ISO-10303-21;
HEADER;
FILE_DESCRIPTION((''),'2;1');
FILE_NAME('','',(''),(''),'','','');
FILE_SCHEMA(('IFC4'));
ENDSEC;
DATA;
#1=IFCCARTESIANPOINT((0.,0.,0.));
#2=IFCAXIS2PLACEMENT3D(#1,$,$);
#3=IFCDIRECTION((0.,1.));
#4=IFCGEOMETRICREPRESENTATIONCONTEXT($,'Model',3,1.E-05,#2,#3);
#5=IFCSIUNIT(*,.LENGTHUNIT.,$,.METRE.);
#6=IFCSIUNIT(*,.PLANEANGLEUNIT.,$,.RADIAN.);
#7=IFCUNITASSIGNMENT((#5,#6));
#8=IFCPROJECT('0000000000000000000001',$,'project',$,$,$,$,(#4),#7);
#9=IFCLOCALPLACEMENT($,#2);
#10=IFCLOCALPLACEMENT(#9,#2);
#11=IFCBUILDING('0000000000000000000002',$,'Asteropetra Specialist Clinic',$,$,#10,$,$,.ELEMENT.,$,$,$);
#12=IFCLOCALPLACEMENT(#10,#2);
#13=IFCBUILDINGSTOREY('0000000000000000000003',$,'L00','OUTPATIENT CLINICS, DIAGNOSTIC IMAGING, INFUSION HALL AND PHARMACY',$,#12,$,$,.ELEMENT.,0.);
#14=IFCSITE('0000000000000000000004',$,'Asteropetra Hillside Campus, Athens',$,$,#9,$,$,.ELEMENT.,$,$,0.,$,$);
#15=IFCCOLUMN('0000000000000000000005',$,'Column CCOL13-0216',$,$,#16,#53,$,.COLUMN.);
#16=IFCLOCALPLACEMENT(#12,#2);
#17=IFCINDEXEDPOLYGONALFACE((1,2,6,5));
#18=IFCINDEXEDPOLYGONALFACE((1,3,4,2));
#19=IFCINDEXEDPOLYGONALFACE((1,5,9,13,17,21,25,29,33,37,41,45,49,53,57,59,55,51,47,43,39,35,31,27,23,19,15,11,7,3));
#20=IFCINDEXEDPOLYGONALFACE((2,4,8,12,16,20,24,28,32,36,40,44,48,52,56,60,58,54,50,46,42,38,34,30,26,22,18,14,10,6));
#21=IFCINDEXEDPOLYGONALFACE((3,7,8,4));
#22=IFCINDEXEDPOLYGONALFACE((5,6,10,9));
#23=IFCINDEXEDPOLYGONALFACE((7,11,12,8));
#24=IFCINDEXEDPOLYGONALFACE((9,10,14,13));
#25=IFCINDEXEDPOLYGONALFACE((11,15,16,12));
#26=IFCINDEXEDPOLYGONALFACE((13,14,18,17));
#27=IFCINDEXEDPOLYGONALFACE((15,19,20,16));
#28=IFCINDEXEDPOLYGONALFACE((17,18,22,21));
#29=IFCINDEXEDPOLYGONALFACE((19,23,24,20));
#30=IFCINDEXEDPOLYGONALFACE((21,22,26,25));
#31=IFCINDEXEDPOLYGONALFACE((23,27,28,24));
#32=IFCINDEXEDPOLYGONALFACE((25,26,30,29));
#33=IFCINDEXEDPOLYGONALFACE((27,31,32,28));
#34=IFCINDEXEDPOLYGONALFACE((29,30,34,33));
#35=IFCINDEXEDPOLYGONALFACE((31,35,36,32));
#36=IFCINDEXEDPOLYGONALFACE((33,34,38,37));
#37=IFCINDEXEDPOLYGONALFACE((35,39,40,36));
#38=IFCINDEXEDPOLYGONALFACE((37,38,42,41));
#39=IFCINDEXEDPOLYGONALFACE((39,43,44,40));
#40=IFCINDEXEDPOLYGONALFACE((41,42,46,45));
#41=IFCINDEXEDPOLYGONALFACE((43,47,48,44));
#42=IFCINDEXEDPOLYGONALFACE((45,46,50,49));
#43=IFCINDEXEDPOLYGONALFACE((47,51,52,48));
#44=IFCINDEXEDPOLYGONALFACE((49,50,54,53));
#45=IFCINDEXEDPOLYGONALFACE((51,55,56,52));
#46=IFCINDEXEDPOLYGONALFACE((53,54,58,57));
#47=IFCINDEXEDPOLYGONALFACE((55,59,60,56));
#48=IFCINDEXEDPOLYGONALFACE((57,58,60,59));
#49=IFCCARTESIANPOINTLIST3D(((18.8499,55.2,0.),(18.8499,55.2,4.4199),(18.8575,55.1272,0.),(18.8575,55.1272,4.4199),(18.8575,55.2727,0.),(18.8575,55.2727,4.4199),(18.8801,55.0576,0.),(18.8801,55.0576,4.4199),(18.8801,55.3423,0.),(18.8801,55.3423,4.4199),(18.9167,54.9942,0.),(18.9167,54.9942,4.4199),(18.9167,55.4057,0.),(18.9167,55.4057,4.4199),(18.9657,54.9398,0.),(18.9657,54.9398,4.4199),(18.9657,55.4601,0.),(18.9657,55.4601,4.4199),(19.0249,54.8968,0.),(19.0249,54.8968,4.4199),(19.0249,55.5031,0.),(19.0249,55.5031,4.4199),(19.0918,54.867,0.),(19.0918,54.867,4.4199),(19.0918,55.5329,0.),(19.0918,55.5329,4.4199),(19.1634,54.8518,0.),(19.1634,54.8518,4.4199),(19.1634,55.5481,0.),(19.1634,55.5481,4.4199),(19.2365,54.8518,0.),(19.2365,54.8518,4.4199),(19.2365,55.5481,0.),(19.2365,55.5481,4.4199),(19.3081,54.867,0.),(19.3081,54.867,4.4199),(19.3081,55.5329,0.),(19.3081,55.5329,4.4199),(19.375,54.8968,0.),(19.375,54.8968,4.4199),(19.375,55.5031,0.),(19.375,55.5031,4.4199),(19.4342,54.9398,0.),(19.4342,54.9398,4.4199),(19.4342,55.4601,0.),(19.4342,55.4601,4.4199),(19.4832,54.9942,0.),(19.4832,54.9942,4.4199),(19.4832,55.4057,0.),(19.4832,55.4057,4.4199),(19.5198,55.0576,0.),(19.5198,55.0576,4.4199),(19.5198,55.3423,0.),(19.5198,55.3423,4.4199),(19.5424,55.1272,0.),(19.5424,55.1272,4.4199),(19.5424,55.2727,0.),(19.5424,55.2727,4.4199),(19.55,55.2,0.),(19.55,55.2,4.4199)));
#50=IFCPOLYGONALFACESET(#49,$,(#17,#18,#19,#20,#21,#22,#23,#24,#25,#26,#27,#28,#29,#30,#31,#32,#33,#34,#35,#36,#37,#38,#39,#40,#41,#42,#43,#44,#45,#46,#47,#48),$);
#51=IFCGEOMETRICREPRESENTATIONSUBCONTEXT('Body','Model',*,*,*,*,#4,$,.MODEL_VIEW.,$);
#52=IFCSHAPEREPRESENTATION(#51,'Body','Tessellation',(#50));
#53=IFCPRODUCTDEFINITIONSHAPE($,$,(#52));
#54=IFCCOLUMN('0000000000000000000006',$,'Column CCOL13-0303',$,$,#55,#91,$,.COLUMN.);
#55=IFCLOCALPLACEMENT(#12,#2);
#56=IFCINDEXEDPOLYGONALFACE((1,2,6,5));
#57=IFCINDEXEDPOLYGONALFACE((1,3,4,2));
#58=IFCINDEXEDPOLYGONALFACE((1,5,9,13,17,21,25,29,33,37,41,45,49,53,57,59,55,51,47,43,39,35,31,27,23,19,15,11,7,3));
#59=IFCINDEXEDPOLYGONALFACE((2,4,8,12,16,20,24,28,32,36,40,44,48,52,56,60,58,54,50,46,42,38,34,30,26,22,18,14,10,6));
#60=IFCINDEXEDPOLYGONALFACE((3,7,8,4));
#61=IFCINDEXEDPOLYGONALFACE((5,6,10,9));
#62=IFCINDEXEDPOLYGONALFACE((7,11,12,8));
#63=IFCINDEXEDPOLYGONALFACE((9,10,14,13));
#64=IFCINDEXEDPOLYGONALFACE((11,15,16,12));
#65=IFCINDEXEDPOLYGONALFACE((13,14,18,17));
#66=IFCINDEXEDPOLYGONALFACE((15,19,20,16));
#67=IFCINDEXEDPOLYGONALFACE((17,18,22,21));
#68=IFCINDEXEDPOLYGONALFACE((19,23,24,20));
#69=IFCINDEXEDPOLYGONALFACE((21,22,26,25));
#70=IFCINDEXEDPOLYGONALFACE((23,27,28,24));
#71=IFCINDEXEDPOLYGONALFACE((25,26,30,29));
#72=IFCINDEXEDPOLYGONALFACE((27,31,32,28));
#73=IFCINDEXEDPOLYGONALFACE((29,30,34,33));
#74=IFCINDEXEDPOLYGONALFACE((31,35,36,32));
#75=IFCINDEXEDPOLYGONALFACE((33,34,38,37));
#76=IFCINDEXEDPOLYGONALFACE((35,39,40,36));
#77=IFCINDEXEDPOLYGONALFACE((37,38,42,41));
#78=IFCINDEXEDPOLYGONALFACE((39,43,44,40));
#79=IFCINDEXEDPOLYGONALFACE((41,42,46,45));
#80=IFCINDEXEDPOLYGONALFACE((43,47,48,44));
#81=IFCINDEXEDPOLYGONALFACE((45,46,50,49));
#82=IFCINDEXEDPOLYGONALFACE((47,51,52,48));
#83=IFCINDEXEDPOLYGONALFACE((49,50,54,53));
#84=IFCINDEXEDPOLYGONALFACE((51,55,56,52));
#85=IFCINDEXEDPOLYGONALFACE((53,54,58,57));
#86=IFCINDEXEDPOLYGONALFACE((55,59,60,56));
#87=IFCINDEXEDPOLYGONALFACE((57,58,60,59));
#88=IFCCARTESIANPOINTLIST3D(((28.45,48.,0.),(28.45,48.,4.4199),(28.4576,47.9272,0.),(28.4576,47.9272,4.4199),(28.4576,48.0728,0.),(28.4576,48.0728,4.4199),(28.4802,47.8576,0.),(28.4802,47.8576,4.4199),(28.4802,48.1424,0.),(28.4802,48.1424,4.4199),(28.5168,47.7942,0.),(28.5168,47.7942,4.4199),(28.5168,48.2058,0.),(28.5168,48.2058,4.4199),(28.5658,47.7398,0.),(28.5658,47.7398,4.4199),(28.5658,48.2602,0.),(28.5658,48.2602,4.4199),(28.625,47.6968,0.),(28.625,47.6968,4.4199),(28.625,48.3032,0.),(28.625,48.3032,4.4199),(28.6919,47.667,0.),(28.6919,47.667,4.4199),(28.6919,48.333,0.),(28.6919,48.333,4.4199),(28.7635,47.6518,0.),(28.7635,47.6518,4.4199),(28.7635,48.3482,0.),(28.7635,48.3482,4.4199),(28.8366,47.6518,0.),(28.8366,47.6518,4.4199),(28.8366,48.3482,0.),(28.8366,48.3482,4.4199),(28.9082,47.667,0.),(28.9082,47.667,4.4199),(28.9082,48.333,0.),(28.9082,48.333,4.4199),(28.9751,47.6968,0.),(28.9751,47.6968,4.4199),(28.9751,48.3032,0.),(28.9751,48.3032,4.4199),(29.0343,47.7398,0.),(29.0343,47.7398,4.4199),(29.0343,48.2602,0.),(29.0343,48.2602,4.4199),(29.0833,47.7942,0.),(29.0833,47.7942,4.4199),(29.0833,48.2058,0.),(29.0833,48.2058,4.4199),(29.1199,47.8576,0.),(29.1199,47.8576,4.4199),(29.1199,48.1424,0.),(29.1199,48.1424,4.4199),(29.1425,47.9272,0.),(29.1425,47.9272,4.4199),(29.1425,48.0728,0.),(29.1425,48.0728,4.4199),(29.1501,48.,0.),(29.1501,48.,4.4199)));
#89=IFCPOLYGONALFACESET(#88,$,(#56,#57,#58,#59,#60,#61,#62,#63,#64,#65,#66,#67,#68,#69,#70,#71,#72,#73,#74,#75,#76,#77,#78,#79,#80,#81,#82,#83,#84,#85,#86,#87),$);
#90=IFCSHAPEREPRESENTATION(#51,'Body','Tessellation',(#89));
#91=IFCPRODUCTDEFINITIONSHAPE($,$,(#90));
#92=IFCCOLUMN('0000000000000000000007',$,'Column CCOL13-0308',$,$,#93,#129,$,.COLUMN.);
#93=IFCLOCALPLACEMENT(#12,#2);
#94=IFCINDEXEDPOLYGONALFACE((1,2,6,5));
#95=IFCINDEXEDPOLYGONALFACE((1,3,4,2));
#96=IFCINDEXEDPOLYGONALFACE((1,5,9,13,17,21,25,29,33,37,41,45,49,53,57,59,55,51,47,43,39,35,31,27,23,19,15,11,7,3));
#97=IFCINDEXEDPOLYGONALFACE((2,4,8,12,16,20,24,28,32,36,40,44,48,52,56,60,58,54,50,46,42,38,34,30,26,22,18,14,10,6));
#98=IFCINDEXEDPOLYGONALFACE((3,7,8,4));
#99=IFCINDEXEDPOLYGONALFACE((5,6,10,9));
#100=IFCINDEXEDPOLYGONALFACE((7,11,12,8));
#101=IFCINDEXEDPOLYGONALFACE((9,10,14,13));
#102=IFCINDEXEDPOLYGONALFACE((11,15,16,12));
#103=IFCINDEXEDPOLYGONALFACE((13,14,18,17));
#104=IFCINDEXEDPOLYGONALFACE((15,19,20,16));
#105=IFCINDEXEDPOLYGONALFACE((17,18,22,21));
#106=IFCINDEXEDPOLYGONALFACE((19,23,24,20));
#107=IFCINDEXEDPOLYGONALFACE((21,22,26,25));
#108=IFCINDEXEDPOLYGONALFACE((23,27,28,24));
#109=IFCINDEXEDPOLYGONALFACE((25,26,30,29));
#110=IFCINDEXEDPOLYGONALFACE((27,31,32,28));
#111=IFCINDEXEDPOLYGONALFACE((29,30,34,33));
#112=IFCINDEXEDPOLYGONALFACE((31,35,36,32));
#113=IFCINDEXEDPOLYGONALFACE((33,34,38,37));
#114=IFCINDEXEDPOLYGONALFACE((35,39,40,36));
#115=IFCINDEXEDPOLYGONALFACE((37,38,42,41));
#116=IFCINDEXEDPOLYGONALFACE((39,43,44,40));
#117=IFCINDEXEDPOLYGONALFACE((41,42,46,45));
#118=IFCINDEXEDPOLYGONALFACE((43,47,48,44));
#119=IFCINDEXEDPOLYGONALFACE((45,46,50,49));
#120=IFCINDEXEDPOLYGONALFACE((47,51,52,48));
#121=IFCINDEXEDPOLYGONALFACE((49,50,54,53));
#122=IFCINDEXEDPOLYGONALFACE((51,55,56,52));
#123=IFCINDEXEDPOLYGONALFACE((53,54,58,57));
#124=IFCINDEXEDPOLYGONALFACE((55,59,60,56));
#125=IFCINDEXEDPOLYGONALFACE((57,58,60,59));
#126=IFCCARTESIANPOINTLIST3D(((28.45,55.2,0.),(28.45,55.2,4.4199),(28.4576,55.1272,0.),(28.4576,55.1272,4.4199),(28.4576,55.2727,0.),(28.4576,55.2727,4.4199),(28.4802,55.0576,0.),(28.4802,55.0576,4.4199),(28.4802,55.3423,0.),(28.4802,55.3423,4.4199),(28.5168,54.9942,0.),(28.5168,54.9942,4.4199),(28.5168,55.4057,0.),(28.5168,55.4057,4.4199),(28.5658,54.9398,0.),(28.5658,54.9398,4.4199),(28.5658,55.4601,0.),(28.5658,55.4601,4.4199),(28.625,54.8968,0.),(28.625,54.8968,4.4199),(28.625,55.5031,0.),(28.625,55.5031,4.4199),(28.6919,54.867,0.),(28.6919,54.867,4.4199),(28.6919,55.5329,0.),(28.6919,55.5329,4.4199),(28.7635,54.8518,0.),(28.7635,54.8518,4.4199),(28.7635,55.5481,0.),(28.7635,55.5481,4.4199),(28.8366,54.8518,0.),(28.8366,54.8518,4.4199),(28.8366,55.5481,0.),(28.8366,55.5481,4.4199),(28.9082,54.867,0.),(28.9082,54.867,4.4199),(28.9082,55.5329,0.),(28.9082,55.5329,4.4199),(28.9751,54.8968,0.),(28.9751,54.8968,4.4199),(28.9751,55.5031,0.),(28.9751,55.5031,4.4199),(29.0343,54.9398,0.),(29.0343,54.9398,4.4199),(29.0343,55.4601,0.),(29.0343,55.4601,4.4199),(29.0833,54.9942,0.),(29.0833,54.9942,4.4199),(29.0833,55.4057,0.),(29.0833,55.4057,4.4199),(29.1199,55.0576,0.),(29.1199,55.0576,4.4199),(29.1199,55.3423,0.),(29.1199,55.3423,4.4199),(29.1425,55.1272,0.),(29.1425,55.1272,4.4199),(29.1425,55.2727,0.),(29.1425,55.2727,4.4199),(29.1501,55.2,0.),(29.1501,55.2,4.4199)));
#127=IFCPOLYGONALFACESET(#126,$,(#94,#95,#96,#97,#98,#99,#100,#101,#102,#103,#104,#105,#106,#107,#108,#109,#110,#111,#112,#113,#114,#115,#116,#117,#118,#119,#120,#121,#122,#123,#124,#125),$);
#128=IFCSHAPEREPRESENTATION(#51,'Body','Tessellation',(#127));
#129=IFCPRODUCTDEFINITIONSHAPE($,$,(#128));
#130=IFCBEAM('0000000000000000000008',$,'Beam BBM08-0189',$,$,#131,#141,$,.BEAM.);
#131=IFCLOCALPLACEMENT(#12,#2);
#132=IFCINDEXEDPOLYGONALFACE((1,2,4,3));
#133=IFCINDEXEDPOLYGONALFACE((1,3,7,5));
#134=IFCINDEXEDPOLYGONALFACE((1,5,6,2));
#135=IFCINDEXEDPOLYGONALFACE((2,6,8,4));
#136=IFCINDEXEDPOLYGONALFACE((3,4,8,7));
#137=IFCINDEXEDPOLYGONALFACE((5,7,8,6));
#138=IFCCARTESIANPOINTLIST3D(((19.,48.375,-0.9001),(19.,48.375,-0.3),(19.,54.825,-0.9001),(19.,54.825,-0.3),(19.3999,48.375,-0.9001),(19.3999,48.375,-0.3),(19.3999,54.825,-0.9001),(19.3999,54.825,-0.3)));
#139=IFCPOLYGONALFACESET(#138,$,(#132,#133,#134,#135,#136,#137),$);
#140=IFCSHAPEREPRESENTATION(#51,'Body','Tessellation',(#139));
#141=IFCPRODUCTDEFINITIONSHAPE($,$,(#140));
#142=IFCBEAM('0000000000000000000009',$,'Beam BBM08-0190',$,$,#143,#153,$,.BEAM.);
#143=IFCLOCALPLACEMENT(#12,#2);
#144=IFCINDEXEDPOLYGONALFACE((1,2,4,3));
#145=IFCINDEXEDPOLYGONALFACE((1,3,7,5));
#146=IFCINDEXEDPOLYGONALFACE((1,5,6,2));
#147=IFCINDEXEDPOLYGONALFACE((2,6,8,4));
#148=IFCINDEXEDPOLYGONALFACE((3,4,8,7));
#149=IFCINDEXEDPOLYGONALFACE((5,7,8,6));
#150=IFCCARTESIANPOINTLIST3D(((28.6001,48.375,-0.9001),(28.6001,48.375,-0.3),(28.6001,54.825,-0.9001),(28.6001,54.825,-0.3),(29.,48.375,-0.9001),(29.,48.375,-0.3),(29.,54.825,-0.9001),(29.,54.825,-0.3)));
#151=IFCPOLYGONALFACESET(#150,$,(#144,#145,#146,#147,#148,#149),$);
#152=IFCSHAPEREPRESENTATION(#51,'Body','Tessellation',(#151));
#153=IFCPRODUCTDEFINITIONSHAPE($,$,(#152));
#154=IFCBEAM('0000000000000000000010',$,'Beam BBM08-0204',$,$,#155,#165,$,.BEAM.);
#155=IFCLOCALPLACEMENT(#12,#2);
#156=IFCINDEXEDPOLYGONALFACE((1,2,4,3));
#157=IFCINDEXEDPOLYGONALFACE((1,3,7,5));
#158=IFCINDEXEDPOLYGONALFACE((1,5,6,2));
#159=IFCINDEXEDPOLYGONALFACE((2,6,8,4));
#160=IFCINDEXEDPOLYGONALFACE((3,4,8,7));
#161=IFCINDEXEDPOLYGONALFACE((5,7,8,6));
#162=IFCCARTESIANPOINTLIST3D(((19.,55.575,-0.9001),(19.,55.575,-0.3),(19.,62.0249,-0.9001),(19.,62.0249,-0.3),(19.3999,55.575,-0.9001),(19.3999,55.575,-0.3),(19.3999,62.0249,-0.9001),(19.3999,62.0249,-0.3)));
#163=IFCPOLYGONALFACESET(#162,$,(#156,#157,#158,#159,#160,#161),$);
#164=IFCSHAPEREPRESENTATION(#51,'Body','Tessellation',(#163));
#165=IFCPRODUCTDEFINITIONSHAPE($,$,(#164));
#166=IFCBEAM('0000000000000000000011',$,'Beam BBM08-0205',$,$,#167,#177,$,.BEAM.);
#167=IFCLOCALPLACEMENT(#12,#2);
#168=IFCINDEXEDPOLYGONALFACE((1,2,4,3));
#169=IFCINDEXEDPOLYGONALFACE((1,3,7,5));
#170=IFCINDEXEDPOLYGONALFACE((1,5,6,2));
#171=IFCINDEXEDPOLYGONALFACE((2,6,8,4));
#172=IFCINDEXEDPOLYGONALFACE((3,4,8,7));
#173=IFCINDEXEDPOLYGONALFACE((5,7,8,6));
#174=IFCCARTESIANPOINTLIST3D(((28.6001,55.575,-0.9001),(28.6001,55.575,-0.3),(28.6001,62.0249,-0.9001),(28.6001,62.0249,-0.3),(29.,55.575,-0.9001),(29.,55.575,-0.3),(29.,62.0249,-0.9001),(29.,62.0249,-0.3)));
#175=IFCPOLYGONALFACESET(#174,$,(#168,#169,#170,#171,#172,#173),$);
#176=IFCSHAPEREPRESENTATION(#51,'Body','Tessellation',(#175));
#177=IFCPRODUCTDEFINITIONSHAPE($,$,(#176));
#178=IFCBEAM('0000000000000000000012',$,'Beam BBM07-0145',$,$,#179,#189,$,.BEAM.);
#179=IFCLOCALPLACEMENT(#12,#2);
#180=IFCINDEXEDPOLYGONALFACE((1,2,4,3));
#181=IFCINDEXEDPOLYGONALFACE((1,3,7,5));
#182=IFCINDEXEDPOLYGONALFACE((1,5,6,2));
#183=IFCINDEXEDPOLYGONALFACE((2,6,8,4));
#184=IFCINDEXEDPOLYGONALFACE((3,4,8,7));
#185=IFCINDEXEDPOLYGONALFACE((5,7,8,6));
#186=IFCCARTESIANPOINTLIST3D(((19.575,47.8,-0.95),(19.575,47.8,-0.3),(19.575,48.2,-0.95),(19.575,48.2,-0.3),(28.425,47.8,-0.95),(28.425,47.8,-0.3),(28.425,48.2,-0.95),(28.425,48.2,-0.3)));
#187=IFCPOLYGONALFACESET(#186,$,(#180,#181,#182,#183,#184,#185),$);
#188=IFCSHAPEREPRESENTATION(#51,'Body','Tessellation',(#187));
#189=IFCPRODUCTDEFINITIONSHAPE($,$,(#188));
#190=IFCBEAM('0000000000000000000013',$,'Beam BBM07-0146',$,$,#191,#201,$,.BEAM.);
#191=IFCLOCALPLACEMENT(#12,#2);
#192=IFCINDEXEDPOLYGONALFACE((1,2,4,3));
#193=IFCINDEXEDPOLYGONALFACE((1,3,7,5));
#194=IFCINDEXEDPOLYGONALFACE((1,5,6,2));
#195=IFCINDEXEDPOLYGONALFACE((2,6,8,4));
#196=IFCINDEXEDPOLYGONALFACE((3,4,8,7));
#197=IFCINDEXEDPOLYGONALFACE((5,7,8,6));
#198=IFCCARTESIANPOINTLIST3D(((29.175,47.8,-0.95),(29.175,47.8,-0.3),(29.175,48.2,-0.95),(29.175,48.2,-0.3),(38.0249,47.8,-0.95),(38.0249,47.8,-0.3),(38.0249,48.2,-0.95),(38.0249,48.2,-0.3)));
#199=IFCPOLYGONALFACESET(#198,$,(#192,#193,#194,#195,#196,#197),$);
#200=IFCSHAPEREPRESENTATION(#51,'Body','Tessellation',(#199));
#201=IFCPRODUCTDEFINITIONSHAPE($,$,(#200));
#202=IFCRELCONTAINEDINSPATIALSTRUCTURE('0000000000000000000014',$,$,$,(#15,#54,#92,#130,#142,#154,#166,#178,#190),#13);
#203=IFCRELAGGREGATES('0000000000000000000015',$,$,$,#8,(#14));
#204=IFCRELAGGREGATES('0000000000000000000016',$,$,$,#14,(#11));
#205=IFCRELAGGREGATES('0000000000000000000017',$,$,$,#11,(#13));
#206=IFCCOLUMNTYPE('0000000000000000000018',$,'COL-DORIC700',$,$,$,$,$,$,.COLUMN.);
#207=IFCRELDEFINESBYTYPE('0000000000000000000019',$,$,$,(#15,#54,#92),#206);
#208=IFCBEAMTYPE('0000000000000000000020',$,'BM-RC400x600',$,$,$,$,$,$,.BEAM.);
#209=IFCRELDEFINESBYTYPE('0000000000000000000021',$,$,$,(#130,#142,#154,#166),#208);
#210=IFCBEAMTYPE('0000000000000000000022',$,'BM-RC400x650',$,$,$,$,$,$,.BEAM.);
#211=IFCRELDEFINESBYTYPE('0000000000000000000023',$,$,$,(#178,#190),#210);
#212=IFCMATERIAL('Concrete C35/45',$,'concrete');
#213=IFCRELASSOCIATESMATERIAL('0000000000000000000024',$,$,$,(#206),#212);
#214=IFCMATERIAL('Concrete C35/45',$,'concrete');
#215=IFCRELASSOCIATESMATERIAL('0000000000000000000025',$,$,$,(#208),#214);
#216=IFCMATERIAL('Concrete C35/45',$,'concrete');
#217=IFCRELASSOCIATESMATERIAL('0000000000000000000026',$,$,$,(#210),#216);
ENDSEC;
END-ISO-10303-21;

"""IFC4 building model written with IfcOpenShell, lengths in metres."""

from ifc_helpers import new_model, si_unit, direction, frame, origin, origin_2d, place, context, subcontext, project, spatial, rectangle, circle, extrude, material, material_profile, profile_set, type_object, element, save


model = new_model("IFC4")

# Units and contexts
model_context = context("Model", 3, precision=1e-05, world=origin(), true_north=direction((0.0, 1.0)))
body_context = subcontext(model_context, "Body", "Model", "MODEL_VIEW")
ifc_project = project(units=[si_unit("LENGTHUNIT", "METRE"), si_unit("PLANEANGLEUNIT", "RADIAN")], contexts=[model_context])

# Site, building, storey
site_placement = place(None, origin())
site = spatial("IfcSite", under=ifc_project, at=site_placement, Name="Asteropetra Hillside Campus, Athens", CompositionType="ELEMENT", RefElevation=0.0)
building_placement = place(site_placement, origin())
building = spatial("IfcBuilding", under=site, at=building_placement, Name="Asteropetra Specialist Clinic", CompositionType="ELEMENT")
storey_placement = place(building_placement, origin())
storey = spatial("IfcBuildingStorey", under=building, at=storey_placement, Name="L00", Description="OUTPATIENT CLINICS, DIAGNOSTIC IMAGING, INFUSION HALL AND PHARMACY", CompositionType="ELEMENT", Elevation=0.0)

# Columns
ifc_material_1 = material(Name="Concrete C35/45", Category="concrete")
ifc_material_profile_1 = material_profile(ifc_material_1, circle(Radius=0.3501, at=origin_2d()), Name="RCC D700")
ifc_profile_set_1 = profile_set([ifc_material_profile_1], Name="Concrete C35/45")
column_type = type_object("IfcColumnType", Name="COL-DORIC700", PredefinedType="COLUMN", material=ifc_profile_set_1)
for number, where, z_axis, x_axis, name in (
    (1, (19.2, 55.2, 0.0), (0.0, 0.0, 1.0), (1.0, 0.0, 0.0), "Column CCOL13-0216"),
    (2, (28.8, 48.0, 0.0), (0.0, 0.0, 1.0), (1.0, 0.0, 0.0), "Column CCOL13-0303"),
    (3, (28.8, 55.2, 0.0), (0.0, 0.0, 1.0), (1.0, 0.0, 0.0), "Column CCOL13-0308"),
):
    element("IfcColumn", number, at=place(storey_placement, frame(where, z_axis=z_axis, x_axis=x_axis)), inside=storey, type_object=column_type, Name=name, PredefinedType="COLUMN", context=body_context, shape_type="SweptSolid", body=[
        extrude(circle(Radius=0.3501, at=origin_2d()), origin(), (0.0, 0.0, 1.0), 4.4199),
    ])

# Beams
ifc_material_2 = material(Name="Concrete C35/45", Category="concrete")
ifc_material_profile_2 = material_profile(ifc_material_2, rectangle(XDim=0.3999, YDim=0.6001, at=origin_2d()), Name="RCB 400x600")
ifc_profile_set_2 = profile_set([ifc_material_profile_2], Name="Concrete C35/45")
beam_type_1 = type_object("IfcBeamType", Name="BM-RC400x600", PredefinedType="BEAM", material=ifc_profile_set_2)
for number, where, z_axis, x_axis, name in (
    (4, (19.2, 48.375, -0.6001), (0.0, 1.0, 0.0), (-1.0, 0.0, 0.0), "Beam BBM08-0189"),
    (5, (28.8, 48.375, -0.6001), (0.0, 1.0, 0.0), (-1.0, 0.0, 0.0), "Beam BBM08-0190"),
    (6, (19.2, 55.575, -0.6001), (0.0, 1.0, 0.0), (-1.0, 0.0, 0.0), "Beam BBM08-0204"),
    (7, (28.8, 55.575, -0.6001), (0.0, 1.0, 0.0), (-1.0, 0.0, 0.0), "Beam BBM08-0205"),
):
    element("IfcBeam", number, at=place(storey_placement, frame(where, z_axis=z_axis, x_axis=x_axis)), inside=storey, type_object=beam_type_1, Name=name, PredefinedType="BEAM", context=body_context, shape_type="SweptSolid", body=[
        extrude(rectangle(XDim=0.3999, YDim=0.6001, at=origin_2d()), origin(), (0.0, 0.0, 1.0), 6.45),
    ])
ifc_material_3 = material(Name="Concrete C35/45", Category="concrete")
ifc_material_profile_3 = material_profile(ifc_material_3, rectangle(XDim=0.3999, YDim=0.6499, at=origin_2d()), Name="RCB 400x650")
ifc_profile_set_3 = profile_set([ifc_material_profile_3], Name="Concrete C35/45")
beam_type_2 = type_object("IfcBeamType", Name="BM-RC400x650", PredefinedType="BEAM", material=ifc_profile_set_3)
beam_1_placement = place(storey_placement, frame((19.575, 48.0, -0.625), z_axis=(1.0, 0.0, 0.0), x_axis=(0.0, 1.0, 0.0)))
element("IfcBeam", 8, at=beam_1_placement, inside=storey, type_object=beam_type_2, Name="Beam BBM07-0145", PredefinedType="BEAM", context=body_context, shape_type="SweptSolid", body=[
    extrude(rectangle(XDim=0.3999, YDim=0.6499, at=origin_2d()), origin(), (0.0, 0.0, 1.0), 8.8501),
])
beam_2_placement = place(storey_placement, frame((29.175, 48.0, -0.625), z_axis=(1.0, 0.0, 0.0), x_axis=(0.0, 1.0, 0.0)))
element("IfcBeam", 9, at=beam_2_placement, inside=storey, type_object=beam_type_2, Name="Beam BBM07-0146", PredefinedType="BEAM", context=body_context, shape_type="SweptSolid", body=[
    extrude(rectangle(XDim=0.3999, YDim=0.6499, at=origin_2d()), origin(), (0.0, 0.0, 1.0), 8.8499),
])

save(model, "model.ifc")
